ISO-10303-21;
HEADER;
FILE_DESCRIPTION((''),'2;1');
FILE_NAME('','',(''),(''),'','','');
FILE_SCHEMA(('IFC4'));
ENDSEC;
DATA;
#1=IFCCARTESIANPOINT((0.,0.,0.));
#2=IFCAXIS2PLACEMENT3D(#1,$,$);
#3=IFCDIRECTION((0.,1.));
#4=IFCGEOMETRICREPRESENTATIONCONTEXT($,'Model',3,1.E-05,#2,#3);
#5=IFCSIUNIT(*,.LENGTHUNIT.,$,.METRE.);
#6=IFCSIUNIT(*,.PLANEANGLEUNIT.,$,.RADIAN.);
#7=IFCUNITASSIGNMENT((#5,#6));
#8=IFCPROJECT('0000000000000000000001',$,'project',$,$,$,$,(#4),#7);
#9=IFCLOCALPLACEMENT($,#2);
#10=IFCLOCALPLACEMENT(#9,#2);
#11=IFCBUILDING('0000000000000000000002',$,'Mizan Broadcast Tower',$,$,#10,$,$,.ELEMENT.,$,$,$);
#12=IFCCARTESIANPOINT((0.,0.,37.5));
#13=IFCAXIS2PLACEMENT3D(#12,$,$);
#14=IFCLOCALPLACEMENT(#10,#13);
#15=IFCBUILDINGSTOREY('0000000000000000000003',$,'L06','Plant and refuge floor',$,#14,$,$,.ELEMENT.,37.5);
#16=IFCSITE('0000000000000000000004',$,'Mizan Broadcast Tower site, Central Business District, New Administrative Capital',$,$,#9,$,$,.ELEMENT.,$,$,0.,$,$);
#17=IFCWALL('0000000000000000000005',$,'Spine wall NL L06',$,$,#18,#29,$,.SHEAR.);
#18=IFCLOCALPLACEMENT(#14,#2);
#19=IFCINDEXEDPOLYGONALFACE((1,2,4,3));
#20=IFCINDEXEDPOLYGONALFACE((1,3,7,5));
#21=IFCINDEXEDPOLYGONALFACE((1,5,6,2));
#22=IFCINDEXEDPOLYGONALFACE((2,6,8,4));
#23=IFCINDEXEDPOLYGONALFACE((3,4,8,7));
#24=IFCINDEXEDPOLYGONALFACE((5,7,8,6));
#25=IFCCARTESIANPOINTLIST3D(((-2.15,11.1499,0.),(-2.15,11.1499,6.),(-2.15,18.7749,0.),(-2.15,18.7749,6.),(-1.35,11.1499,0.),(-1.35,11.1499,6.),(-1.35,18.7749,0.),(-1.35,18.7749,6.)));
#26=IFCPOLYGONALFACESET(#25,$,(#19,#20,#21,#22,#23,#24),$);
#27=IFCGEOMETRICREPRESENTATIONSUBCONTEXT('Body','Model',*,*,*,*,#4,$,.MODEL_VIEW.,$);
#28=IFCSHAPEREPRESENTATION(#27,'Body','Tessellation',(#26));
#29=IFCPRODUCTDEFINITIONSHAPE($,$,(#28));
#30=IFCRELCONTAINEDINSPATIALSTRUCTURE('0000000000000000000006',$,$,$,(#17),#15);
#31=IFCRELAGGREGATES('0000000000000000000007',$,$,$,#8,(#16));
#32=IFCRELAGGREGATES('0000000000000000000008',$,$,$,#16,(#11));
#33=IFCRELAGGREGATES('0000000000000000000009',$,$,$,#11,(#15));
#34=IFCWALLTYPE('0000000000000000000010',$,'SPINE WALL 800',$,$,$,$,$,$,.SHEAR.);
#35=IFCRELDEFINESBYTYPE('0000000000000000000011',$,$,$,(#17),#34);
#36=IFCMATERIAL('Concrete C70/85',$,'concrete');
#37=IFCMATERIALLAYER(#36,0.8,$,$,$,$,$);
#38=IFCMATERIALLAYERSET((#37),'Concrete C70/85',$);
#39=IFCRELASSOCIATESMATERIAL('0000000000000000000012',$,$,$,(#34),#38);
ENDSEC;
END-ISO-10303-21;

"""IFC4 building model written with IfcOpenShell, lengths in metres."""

from ifc_helpers import new_model, si_unit, direction, frame, frame_2d, origin, place, context, subcontext, project, spatial, rectangle, extrude, material, layer, layer_set, type_object, element, save


model = new_model("IFC4")

# Units and contexts
model_context = context("Model", 3, precision=1e-05, world=origin(), true_north=direction((0.0, 1.0)))
body_context = subcontext(model_context, "Body", "Model", "MODEL_VIEW")
ifc_project = project(units=[si_unit("LENGTHUNIT", "METRE"), si_unit("PLANEANGLEUNIT", "RADIAN")], contexts=[model_context])

# Site, building, storey
site_placement = place(None, origin())
site = spatial("IfcSite", under=ifc_project, at=site_placement, Name="Mizan Broadcast Tower site, Central Business District, New Administrative Capital", CompositionType="ELEMENT", RefElevation=0.0)
building_placement = place(site_placement, origin())
building = spatial("IfcBuilding", under=site, at=building_placement, Name="Mizan Broadcast Tower", CompositionType="ELEMENT")
storey_placement = place(building_placement, frame((0.0, 0.0, 37.5)))
storey = spatial("IfcBuildingStorey", under=building, at=storey_placement, Name="L06", Description="Plant and refuge floor", CompositionType="ELEMENT", Elevation=37.5)

# Wall
ifc_material_1 = material(Name="Concrete C70/85", Category="concrete")
ifc_layer_1 = layer(ifc_material_1, 0.8)
ifc_layer_set_1 = layer_set([ifc_layer_1], Name="Concrete C70/85")
wall_type_1 = type_object("IfcWallType", Name="SPINE WALL 800", PredefinedType="SHEAR", material=ifc_layer_set_1)
wall_1_placement = place(storey_placement, frame((-1.75, 11.1499, 0.0), z_axis=(0.0, 0.0, 1.0), x_axis=(0.0, 1.0, 0.0)))
element("IfcWall", 1, at=wall_1_placement, inside=storey, type_object=wall_type_1, Name="Spine wall NL L06", PredefinedType="SHEAR", context=body_context, shape_type="SweptSolid", body=[
    extrude(rectangle(XDim=7.625, YDim=0.8, at=frame_2d((3.8125, 0.0))), origin(), (0.0, 0.0, 1.0), 6.0),
])

save(model, "model.ifc")
